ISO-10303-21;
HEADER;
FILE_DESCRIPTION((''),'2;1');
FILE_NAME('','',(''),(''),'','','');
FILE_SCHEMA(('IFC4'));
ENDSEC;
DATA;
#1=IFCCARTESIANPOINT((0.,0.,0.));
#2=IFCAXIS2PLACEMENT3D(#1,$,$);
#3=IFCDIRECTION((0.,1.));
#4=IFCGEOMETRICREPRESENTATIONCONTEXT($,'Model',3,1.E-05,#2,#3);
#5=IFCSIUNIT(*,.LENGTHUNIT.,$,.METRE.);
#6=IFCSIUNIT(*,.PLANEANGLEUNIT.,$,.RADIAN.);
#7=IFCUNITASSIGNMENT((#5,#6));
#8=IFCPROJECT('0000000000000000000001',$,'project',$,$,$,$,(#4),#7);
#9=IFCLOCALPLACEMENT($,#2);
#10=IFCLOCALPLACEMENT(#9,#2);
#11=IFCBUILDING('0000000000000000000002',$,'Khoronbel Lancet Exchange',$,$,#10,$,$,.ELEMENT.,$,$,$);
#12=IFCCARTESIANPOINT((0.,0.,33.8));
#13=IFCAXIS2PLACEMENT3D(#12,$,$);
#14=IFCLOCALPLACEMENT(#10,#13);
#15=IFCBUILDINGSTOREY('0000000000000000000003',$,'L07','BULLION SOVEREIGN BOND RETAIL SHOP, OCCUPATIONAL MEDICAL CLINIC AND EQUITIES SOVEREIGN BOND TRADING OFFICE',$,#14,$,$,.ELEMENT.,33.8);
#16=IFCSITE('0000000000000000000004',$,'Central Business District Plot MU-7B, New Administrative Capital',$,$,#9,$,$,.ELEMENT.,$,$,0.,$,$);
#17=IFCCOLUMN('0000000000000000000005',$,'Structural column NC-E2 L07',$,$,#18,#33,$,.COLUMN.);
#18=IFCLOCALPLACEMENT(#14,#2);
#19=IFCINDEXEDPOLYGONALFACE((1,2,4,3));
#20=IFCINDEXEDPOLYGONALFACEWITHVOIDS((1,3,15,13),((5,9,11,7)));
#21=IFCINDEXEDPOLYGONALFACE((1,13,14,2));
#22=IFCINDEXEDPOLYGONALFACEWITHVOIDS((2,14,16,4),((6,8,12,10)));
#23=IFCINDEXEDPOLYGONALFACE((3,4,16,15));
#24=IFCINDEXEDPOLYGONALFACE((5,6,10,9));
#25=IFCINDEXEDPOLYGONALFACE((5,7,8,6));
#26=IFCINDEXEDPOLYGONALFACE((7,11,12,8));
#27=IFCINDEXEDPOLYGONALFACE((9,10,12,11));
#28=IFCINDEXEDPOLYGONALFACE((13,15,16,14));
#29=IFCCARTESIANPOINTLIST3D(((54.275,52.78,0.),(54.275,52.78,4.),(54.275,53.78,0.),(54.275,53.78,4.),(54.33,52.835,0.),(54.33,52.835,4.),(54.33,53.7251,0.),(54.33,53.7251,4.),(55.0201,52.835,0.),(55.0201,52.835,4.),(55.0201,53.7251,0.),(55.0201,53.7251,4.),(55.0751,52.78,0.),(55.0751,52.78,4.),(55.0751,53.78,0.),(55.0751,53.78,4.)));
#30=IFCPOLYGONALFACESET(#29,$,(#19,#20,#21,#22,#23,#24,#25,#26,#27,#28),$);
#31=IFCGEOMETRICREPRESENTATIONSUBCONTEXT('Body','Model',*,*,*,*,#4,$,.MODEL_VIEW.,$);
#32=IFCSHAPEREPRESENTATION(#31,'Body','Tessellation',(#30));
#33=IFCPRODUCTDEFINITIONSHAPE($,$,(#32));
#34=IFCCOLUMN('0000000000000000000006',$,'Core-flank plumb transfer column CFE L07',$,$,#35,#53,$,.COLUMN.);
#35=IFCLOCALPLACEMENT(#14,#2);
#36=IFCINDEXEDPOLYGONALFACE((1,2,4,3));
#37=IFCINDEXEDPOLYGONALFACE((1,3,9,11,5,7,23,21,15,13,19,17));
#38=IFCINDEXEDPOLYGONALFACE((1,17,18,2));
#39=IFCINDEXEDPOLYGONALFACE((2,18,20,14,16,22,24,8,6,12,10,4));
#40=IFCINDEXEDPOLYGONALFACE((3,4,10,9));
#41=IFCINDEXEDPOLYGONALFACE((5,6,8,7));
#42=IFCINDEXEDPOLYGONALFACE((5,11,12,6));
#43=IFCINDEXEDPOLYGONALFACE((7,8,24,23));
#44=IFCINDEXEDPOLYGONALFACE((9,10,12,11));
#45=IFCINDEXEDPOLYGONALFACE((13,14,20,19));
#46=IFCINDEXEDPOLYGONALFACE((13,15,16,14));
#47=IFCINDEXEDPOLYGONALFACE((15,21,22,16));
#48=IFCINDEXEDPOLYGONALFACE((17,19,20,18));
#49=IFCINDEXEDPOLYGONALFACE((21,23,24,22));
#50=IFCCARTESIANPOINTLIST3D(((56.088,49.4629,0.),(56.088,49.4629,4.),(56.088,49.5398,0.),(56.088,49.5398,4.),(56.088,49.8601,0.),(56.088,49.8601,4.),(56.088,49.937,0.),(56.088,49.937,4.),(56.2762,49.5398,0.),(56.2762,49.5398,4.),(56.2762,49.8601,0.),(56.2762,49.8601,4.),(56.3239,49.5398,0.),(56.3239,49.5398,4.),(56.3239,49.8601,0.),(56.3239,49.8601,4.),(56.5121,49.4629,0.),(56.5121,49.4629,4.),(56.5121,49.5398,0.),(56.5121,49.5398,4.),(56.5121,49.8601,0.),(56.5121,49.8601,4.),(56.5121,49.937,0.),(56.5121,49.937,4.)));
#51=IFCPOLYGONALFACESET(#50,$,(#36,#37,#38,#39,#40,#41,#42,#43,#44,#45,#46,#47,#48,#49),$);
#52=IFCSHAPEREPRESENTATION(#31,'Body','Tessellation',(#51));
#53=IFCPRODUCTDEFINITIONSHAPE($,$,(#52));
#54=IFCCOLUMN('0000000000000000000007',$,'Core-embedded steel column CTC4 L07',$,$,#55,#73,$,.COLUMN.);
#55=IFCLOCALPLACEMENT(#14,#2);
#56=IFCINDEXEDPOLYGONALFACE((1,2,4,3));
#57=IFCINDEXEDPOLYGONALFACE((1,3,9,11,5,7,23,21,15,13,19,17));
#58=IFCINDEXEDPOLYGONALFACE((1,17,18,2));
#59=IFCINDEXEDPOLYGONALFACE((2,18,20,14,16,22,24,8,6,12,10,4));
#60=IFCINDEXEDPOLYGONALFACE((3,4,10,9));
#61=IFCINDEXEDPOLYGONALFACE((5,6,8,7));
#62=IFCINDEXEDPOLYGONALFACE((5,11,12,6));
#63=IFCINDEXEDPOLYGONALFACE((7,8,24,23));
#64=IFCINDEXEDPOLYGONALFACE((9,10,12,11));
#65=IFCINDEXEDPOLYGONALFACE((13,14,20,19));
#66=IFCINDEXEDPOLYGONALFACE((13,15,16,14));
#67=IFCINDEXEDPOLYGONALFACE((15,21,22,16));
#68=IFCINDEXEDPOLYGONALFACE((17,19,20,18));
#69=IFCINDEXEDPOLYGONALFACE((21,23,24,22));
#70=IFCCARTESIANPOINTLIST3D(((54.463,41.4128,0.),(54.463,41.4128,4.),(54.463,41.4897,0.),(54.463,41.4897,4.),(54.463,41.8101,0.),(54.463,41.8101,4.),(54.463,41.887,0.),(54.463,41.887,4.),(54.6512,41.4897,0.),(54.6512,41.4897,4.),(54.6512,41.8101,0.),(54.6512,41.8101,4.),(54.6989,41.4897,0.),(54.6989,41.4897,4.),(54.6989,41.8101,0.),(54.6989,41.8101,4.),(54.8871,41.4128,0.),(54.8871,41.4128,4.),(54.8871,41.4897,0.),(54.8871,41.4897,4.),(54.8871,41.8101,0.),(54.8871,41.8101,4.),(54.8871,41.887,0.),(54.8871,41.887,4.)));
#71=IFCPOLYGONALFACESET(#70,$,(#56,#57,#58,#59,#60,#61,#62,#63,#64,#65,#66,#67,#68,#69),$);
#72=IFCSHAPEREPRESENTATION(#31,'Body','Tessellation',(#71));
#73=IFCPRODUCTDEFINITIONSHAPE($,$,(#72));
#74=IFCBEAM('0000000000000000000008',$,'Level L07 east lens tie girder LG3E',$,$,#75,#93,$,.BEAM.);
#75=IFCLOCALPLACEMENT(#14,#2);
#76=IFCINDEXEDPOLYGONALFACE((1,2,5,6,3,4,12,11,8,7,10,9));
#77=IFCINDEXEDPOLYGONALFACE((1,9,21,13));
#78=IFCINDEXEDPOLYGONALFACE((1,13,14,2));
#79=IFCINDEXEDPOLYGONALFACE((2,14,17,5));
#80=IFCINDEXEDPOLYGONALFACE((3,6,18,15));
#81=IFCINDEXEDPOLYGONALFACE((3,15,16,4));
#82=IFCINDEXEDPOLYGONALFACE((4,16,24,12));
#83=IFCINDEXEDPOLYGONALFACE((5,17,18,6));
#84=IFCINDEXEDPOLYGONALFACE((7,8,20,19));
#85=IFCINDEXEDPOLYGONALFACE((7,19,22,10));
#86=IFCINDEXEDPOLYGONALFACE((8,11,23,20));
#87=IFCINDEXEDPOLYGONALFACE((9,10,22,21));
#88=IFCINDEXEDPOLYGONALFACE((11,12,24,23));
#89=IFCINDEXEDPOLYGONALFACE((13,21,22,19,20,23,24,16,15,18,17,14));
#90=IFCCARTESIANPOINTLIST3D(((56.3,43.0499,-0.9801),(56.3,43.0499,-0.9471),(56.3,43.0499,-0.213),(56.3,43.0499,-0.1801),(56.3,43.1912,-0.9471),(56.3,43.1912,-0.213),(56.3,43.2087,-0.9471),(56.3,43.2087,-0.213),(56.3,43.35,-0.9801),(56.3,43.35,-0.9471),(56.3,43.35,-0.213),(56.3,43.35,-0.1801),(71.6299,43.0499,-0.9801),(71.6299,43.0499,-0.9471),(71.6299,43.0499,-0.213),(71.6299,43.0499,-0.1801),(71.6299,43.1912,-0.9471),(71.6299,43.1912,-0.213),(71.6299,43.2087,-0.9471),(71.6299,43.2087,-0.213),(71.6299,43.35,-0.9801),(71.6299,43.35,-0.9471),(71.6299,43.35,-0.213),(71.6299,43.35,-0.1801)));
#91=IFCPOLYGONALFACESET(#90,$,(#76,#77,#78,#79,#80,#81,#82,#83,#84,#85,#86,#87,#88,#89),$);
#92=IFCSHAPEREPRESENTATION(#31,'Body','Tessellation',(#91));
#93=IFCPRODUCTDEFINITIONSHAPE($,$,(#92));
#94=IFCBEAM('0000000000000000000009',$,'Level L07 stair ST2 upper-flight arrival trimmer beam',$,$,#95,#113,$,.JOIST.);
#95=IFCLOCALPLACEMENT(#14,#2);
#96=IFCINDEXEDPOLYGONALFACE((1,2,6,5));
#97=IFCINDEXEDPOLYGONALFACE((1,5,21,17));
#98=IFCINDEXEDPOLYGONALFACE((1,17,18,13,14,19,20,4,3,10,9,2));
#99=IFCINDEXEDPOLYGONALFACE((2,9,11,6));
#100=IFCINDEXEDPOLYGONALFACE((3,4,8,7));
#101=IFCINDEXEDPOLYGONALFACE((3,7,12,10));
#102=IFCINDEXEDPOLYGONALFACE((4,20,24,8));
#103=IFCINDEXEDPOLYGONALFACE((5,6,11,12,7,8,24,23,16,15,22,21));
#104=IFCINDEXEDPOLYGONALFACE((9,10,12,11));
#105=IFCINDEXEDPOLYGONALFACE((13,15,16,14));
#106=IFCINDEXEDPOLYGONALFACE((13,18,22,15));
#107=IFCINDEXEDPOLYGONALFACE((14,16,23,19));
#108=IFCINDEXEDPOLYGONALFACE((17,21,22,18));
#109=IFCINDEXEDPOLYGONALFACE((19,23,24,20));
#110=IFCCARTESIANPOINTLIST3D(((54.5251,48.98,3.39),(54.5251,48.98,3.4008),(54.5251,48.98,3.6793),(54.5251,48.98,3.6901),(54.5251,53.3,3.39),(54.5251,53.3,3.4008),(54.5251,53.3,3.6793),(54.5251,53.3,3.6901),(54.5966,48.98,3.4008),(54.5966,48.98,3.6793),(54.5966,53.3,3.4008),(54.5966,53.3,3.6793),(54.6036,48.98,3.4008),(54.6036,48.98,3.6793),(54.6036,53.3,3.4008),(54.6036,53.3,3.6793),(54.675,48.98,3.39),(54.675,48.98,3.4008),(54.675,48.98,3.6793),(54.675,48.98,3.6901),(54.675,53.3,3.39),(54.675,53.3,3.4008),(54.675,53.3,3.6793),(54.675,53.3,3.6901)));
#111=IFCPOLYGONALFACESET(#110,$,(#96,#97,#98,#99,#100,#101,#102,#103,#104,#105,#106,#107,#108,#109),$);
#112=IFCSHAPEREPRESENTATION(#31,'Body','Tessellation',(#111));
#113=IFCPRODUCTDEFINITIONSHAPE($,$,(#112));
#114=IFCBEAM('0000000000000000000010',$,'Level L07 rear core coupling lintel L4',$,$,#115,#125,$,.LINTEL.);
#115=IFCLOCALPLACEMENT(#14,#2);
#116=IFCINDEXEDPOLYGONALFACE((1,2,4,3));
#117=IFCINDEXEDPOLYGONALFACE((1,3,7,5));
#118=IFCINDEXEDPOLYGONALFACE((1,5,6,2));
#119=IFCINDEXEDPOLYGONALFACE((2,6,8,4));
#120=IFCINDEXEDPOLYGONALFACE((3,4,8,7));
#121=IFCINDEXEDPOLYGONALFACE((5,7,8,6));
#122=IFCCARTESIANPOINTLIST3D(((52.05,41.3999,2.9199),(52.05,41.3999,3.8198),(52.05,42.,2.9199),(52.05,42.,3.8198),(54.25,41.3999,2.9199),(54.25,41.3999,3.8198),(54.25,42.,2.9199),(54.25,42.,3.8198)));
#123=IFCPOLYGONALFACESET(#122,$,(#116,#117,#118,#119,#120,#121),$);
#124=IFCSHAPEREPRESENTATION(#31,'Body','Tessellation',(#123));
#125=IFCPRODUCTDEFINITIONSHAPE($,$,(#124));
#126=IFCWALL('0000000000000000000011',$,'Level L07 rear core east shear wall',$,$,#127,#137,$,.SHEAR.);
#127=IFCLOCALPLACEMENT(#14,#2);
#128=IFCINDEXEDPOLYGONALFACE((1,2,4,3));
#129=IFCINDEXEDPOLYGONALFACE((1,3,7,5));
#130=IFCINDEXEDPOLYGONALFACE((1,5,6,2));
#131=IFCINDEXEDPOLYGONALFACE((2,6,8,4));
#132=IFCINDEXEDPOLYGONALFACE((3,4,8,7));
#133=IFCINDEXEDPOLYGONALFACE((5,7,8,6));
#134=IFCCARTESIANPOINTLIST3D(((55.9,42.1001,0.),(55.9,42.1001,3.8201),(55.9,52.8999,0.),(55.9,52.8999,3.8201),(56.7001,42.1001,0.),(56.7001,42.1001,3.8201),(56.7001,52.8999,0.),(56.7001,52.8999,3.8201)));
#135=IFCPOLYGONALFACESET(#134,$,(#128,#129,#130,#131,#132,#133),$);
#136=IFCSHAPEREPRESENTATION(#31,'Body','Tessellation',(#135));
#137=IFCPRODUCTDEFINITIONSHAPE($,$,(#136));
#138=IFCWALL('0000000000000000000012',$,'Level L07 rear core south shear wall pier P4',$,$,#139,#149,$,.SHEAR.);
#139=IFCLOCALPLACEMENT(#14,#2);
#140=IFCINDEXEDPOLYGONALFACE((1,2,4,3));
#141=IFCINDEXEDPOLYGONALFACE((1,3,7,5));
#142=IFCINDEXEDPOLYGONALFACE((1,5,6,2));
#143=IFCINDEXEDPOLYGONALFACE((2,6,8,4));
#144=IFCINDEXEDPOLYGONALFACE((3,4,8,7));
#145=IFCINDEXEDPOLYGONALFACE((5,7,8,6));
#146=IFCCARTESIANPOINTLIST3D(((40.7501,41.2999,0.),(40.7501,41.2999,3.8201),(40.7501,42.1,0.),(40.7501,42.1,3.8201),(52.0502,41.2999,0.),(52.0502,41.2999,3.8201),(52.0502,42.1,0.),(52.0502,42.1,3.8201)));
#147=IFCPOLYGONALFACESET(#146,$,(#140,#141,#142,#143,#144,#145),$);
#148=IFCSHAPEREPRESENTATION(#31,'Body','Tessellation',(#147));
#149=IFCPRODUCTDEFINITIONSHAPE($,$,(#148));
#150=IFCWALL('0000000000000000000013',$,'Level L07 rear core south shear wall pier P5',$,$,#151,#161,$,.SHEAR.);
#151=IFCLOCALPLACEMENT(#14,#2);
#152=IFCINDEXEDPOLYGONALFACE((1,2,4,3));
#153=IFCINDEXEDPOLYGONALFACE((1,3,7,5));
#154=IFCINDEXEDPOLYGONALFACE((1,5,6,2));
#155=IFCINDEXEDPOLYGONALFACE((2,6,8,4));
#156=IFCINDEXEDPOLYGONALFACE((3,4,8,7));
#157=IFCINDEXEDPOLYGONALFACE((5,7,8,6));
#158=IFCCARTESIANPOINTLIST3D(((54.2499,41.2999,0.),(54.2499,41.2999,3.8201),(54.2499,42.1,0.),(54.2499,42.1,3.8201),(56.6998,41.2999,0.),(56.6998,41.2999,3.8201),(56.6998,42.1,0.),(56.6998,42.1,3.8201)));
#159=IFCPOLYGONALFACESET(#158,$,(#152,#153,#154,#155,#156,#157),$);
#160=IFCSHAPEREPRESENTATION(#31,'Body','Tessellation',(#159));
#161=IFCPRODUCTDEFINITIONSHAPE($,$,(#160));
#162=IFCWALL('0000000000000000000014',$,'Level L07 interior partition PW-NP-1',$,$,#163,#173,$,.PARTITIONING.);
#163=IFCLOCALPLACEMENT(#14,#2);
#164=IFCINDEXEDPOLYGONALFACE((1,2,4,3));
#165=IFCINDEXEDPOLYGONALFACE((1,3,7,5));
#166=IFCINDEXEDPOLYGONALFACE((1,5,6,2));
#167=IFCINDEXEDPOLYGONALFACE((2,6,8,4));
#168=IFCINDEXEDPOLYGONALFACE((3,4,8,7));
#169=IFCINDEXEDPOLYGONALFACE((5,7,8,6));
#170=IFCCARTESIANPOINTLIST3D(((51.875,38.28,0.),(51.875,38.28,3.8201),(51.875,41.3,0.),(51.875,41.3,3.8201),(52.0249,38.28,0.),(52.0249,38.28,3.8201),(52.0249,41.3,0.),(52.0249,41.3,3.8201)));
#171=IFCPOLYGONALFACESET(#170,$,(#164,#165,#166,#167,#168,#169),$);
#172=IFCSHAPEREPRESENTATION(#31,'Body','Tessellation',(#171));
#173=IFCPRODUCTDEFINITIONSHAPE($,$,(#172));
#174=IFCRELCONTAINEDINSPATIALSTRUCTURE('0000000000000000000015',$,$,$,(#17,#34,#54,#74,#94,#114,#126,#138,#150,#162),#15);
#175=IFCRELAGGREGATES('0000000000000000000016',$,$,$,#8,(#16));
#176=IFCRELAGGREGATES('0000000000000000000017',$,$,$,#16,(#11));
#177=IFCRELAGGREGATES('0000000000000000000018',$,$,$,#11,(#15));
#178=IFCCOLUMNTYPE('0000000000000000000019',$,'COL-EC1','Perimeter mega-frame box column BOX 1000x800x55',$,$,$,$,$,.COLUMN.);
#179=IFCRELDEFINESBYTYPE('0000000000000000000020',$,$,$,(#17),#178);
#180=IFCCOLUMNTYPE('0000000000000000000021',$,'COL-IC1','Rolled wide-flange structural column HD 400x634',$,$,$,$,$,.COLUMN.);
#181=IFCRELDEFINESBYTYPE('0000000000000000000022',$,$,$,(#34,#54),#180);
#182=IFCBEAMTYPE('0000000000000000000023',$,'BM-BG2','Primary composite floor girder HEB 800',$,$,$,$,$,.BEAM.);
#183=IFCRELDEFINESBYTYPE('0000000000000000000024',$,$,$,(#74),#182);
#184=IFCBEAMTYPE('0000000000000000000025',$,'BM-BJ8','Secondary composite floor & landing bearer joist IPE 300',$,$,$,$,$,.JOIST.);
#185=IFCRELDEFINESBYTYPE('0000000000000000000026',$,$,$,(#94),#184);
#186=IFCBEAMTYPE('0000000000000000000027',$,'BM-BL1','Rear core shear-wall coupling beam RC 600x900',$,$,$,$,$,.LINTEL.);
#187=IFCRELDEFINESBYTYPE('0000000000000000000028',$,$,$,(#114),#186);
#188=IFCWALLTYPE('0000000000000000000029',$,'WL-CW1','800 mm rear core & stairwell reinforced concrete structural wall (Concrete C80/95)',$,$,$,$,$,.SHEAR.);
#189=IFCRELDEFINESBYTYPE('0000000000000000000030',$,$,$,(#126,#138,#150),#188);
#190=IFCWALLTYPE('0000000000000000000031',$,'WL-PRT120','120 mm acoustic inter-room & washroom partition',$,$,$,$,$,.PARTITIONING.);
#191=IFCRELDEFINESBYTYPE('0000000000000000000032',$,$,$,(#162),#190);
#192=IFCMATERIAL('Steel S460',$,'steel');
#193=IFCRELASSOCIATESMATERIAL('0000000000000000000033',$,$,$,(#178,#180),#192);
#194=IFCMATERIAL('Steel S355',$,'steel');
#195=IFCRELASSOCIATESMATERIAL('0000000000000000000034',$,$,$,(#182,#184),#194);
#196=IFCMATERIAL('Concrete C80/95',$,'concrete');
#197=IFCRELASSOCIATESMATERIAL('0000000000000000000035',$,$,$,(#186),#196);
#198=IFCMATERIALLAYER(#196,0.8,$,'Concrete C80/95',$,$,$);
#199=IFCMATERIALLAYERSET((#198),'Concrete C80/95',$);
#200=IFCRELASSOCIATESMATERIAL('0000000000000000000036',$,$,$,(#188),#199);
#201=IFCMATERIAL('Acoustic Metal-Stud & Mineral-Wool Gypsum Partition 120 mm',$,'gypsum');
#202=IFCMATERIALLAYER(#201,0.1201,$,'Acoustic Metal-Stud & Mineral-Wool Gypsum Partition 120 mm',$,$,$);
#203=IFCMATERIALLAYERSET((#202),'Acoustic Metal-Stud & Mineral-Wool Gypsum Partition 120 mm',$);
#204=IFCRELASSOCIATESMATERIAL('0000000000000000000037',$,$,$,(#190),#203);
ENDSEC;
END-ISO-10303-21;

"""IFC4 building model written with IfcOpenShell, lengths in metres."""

from ifc_helpers import new_model, si_unit, direction, frame, frame_2d, origin, origin_2d, place, context, subcontext, project, spatial, rectangle, hollow_rectangle, i_section, extrude, material, layer, layer_set, material_profile, profile_set, type_object, element, save


model = new_model("IFC4")

# Units and contexts
model_context = context("Model", 3, precision=1e-05, world=origin(), true_north=direction((0.0, 1.0)))
body_context = subcontext(model_context, "Body", "Model", "MODEL_VIEW")
ifc_project = project(units=[si_unit("LENGTHUNIT", "METRE"), si_unit("PLANEANGLEUNIT", "RADIAN")], contexts=[model_context])

# Site, building, storey
site_placement = place(None, origin())
site = spatial("IfcSite", under=ifc_project, at=site_placement, Name="Central Business District Plot MU-7B, New Administrative Capital", CompositionType="ELEMENT", RefElevation=0.0)
building_placement = place(site_placement, origin())
building = spatial("IfcBuilding", under=site, at=building_placement, Name="Khoronbel Lancet Exchange", CompositionType="ELEMENT")
storey_placement = place(building_placement, frame((0.0, 0.0, 33.8)))
storey = spatial("IfcBuildingStorey", under=building, at=storey_placement, Name="L07", Description="BULLION SOVEREIGN BOND RETAIL SHOP, OCCUPATIONAL MEDICAL CLINIC AND EQUITIES SOVEREIGN BOND TRADING OFFICE", CompositionType="ELEMENT", Elevation=33.8)

# Columns
ifc_material_1 = material(Name="Steel S460", Category="steel")
ifc_material_profile_1 = material_profile(ifc_material_1, hollow_rectangle(XDim=0.8, YDim=1.0, WallThickness=0.0549, at=origin_2d()), Name="BOX 1000x800x55")
ifc_profile_set_1 = profile_set([ifc_material_profile_1], Name="Steel S460")
column_type_1 = type_object("IfcColumnType", Name="COL-EC1", Description="Perimeter mega-frame box column BOX 1000x800x55", PredefinedType="COLUMN", material=ifc_profile_set_1)
column_placement = place(storey_placement, frame((54.675, 53.28, 0.0), z_axis=(0.0, 0.0, 1.0), x_axis=(1.0, 0.0, 0.0)))
element("IfcColumn", 1, at=column_placement, inside=storey, type_object=column_type_1, Name="Structural column NC-E2 L07", PredefinedType="COLUMN", context=body_context, shape_type="SweptSolid", body=[
    extrude(hollow_rectangle(XDim=0.8, YDim=1.0, WallThickness=0.0549, at=origin_2d()), origin(), (0.0, 0.0, 1.0), 4.0),
])
ifc_material_profile_2 = material_profile(ifc_material_1, i_section(OverallWidth=0.4241, OverallDepth=0.4741, WebThickness=0.0476, FlangeThickness=0.0769, at=origin_2d()), Name="HD 400x634")
ifc_profile_set_2 = profile_set([ifc_material_profile_2], Name="Steel S460")
column_type_2 = type_object("IfcColumnType", Name="COL-IC1", Description="Rolled wide-flange structural column HD 400x634", PredefinedType="COLUMN", material=ifc_profile_set_2)
for number, where, z_axis, x_axis, name in (
    (2, (56.3, 49.7, 0.0), (0.0, 0.0, 1.0), (1.0, 0.0, 0.0), "Core-flank plumb transfer column CFE L07"),
    (3, (54.675, 41.6499, 0.0), (0.0, 0.0, 1.0), (1.0, 0.0, 0.0), "Core-embedded steel column CTC4 L07"),
):
    element("IfcColumn", number, at=place(storey_placement, frame(where, z_axis=z_axis, x_axis=x_axis)), inside=storey, type_object=column_type_2, Name=name, PredefinedType="COLUMN", context=body_context, shape_type="SweptSolid", body=[
        extrude(i_section(OverallWidth=0.4241, OverallDepth=0.4741, WebThickness=0.0476, FlangeThickness=0.0769, at=origin_2d()), origin(), (0.0, 0.0, 1.0), 4.0),
    ])

# Beams
ifc_material_2 = material(Name="Steel S355", Category="steel")
ifc_material_profile_3 = material_profile(ifc_material_2, i_section(OverallWidth=0.3, OverallDepth=0.8, WebThickness=0.0176, FlangeThickness=0.033, at=origin_2d()), Name="HEB 800")
ifc_profile_set_3 = profile_set([ifc_material_profile_3], Name="Steel S355")
beam_type_1 = type_object("IfcBeamType", Name="BM-BG2", Description="Primary composite floor girder HEB 800", PredefinedType="BEAM", material=ifc_profile_set_3)
beam_1_placement = place(storey_placement, frame((56.3, 43.2, -0.5801), z_axis=(1.0, 0.0, 0.0), x_axis=(0.0, 1.0, 0.0)))
element("IfcBeam", 4, at=beam_1_placement, inside=storey, type_object=beam_type_1, Name="Level L07 east lens tie girder LG3E", PredefinedType="BEAM", context=body_context, shape_type="SweptSolid", body=[
    extrude(i_section(OverallWidth=0.3, OverallDepth=0.8, WebThickness=0.0176, FlangeThickness=0.033, at=origin_2d()), origin(), (0.0, 0.0, 1.0), 15.3298),
])
ifc_material_profile_4 = material_profile(ifc_material_2, i_section(OverallWidth=0.1499, OverallDepth=0.3, WebThickness=0.0071, FlangeThickness=0.0107, at=origin_2d()), Name="IPE 300")
ifc_profile_set_4 = profile_set([ifc_material_profile_4], Name="Steel S355")
beam_type_2 = type_object("IfcBeamType", Name="BM-BJ8", Description="Secondary composite floor & landing bearer joist IPE 300", PredefinedType="JOIST", material=ifc_profile_set_4)
beam_2_placement = place(storey_placement, frame((54.6001, 48.98, 3.54), z_axis=(0.0, 1.0, 0.0), x_axis=(-1.0, 0.0, 0.0)))
element("IfcBeam", 5, at=beam_2_placement, inside=storey, type_object=beam_type_2, Name="Level L07 stair ST2 upper-flight arrival trimmer beam", PredefinedType="JOIST", context=body_context, shape_type="SweptSolid", body=[
    extrude(i_section(OverallWidth=0.1499, OverallDepth=0.3, WebThickness=0.0071, FlangeThickness=0.0107, at=origin_2d()), origin(), (0.0, 0.0, 1.0), 4.3201),
])
ifc_material_3 = material(Name="Concrete C80/95", Category="concrete")
ifc_material_profile_5 = material_profile(ifc_material_3, rectangle(XDim=0.6001, YDim=0.8999, at=origin_2d()), Name="RC 600x900")
ifc_profile_set_5 = profile_set([ifc_material_profile_5], Name="Concrete C80/95")
beam_type_3 = type_object("IfcBeamType", Name="BM-BL1", Description="Rear core shear-wall coupling beam RC 600x900", PredefinedType="LINTEL", material=ifc_profile_set_5)
beam_3_placement = place(storey_placement, frame((52.05, 41.7, 3.3699), z_axis=(1.0, 0.0, 0.0), x_axis=(0.0, 1.0, 0.0)))
element("IfcBeam", 6, at=beam_3_placement, inside=storey, type_object=beam_type_3, Name="Level L07 rear core coupling lintel L4", PredefinedType="LINTEL", context=body_context, shape_type="SweptSolid", body=[
    extrude(rectangle(XDim=0.6001, YDim=0.8999, at=origin_2d()), origin(), (0.0, 0.0, 1.0), 2.2),
])

# Walls
ifc_layer_1 = layer(ifc_material_3, 0.8, Name="Concrete C80/95")
ifc_layer_set_1 = layer_set([ifc_layer_1], Name="Concrete C80/95")
wall_type_1 = type_object("IfcWallType", Name="WL-CW1", Description="800 mm rear core & stairwell reinforced concrete structural wall (Concrete C80/95)", PredefinedType="SHEAR", material=ifc_layer_set_1)
wall_1_placement = place(storey_placement, frame((56.3, 52.8999, 0.0), z_axis=(0.0, 0.0, 1.0), x_axis=(0.0, -1.0, 0.0)))
element("IfcWall", 7, at=wall_1_placement, inside=storey, type_object=wall_type_1, Name="Level L07 rear core east shear wall", PredefinedType="SHEAR", context=body_context, shape_type="SweptSolid", body=[
    extrude(rectangle(XDim=10.7998, YDim=0.8, at=frame_2d((5.3999, 0.0))), origin(), (0.0, 0.0, 1.0), 3.8201),
])
wall_2_placement = place(storey_placement, frame((52.05, 41.7, 0.0), z_axis=(0.0, 0.0, 1.0), x_axis=(-1.0, 0.0, 0.0)))
element("IfcWall", 8, at=wall_2_placement, inside=storey, type_object=wall_type_1, Name="Level L07 rear core south shear wall pier P4", PredefinedType="SHEAR", context=body_context, shape_type="SweptSolid", body=[
    extrude(rectangle(XDim=11.3, YDim=0.8, at=frame_2d((5.6499, 0.0))), origin(), (0.0, 0.0, 1.0), 3.8201),
])
wall_3_placement = place(storey_placement, frame((56.7, 41.7, 0.0), z_axis=(0.0, 0.0, 1.0), x_axis=(-1.0, 0.0, 0.0)))
element("IfcWall", 9, at=wall_3_placement, inside=storey, type_object=wall_type_1, Name="Level L07 rear core south shear wall pier P5", PredefinedType="SHEAR", context=body_context, shape_type="SweptSolid", body=[
    extrude(rectangle(XDim=2.45, YDim=0.8, at=frame_2d((1.2251, 0.0))), origin(), (0.0, 0.0, 1.0), 3.8201),
])
ifc_material_4 = material(Name="Acoustic Metal-Stud & Mineral-Wool Gypsum Partition 120 mm", Category="gypsum")
ifc_layer_2 = layer(ifc_material_4, 0.1201, Name="Acoustic Metal-Stud & Mineral-Wool Gypsum Partition 120 mm")
ifc_layer_set_2 = layer_set([ifc_layer_2], Name="Acoustic Metal-Stud & Mineral-Wool Gypsum Partition 120 mm")
wall_type_2 = type_object("IfcWallType", Name="WL-PRT120", Description="120 mm acoustic inter-room & washroom partition", PredefinedType="PARTITIONING", material=ifc_layer_set_2)
wall_4_placement = place(storey_placement, frame((51.95, 38.28, 0.0), z_axis=(0.0, 0.0, 1.0), x_axis=(0.0, 1.0, 0.0)))
element("IfcWall", 10, at=wall_4_placement, inside=storey, type_object=wall_type_2, Name="Level L07 interior partition PW-NP-1", PredefinedType="PARTITIONING", context=body_context, shape_type="SweptSolid", body=[
    extrude(rectangle(XDim=3.02, YDim=0.1499, at=frame_2d((1.51, 0.0))), origin(), (0.0, 0.0, 1.0), 3.8201),
])

save(model, "model.ifc")
